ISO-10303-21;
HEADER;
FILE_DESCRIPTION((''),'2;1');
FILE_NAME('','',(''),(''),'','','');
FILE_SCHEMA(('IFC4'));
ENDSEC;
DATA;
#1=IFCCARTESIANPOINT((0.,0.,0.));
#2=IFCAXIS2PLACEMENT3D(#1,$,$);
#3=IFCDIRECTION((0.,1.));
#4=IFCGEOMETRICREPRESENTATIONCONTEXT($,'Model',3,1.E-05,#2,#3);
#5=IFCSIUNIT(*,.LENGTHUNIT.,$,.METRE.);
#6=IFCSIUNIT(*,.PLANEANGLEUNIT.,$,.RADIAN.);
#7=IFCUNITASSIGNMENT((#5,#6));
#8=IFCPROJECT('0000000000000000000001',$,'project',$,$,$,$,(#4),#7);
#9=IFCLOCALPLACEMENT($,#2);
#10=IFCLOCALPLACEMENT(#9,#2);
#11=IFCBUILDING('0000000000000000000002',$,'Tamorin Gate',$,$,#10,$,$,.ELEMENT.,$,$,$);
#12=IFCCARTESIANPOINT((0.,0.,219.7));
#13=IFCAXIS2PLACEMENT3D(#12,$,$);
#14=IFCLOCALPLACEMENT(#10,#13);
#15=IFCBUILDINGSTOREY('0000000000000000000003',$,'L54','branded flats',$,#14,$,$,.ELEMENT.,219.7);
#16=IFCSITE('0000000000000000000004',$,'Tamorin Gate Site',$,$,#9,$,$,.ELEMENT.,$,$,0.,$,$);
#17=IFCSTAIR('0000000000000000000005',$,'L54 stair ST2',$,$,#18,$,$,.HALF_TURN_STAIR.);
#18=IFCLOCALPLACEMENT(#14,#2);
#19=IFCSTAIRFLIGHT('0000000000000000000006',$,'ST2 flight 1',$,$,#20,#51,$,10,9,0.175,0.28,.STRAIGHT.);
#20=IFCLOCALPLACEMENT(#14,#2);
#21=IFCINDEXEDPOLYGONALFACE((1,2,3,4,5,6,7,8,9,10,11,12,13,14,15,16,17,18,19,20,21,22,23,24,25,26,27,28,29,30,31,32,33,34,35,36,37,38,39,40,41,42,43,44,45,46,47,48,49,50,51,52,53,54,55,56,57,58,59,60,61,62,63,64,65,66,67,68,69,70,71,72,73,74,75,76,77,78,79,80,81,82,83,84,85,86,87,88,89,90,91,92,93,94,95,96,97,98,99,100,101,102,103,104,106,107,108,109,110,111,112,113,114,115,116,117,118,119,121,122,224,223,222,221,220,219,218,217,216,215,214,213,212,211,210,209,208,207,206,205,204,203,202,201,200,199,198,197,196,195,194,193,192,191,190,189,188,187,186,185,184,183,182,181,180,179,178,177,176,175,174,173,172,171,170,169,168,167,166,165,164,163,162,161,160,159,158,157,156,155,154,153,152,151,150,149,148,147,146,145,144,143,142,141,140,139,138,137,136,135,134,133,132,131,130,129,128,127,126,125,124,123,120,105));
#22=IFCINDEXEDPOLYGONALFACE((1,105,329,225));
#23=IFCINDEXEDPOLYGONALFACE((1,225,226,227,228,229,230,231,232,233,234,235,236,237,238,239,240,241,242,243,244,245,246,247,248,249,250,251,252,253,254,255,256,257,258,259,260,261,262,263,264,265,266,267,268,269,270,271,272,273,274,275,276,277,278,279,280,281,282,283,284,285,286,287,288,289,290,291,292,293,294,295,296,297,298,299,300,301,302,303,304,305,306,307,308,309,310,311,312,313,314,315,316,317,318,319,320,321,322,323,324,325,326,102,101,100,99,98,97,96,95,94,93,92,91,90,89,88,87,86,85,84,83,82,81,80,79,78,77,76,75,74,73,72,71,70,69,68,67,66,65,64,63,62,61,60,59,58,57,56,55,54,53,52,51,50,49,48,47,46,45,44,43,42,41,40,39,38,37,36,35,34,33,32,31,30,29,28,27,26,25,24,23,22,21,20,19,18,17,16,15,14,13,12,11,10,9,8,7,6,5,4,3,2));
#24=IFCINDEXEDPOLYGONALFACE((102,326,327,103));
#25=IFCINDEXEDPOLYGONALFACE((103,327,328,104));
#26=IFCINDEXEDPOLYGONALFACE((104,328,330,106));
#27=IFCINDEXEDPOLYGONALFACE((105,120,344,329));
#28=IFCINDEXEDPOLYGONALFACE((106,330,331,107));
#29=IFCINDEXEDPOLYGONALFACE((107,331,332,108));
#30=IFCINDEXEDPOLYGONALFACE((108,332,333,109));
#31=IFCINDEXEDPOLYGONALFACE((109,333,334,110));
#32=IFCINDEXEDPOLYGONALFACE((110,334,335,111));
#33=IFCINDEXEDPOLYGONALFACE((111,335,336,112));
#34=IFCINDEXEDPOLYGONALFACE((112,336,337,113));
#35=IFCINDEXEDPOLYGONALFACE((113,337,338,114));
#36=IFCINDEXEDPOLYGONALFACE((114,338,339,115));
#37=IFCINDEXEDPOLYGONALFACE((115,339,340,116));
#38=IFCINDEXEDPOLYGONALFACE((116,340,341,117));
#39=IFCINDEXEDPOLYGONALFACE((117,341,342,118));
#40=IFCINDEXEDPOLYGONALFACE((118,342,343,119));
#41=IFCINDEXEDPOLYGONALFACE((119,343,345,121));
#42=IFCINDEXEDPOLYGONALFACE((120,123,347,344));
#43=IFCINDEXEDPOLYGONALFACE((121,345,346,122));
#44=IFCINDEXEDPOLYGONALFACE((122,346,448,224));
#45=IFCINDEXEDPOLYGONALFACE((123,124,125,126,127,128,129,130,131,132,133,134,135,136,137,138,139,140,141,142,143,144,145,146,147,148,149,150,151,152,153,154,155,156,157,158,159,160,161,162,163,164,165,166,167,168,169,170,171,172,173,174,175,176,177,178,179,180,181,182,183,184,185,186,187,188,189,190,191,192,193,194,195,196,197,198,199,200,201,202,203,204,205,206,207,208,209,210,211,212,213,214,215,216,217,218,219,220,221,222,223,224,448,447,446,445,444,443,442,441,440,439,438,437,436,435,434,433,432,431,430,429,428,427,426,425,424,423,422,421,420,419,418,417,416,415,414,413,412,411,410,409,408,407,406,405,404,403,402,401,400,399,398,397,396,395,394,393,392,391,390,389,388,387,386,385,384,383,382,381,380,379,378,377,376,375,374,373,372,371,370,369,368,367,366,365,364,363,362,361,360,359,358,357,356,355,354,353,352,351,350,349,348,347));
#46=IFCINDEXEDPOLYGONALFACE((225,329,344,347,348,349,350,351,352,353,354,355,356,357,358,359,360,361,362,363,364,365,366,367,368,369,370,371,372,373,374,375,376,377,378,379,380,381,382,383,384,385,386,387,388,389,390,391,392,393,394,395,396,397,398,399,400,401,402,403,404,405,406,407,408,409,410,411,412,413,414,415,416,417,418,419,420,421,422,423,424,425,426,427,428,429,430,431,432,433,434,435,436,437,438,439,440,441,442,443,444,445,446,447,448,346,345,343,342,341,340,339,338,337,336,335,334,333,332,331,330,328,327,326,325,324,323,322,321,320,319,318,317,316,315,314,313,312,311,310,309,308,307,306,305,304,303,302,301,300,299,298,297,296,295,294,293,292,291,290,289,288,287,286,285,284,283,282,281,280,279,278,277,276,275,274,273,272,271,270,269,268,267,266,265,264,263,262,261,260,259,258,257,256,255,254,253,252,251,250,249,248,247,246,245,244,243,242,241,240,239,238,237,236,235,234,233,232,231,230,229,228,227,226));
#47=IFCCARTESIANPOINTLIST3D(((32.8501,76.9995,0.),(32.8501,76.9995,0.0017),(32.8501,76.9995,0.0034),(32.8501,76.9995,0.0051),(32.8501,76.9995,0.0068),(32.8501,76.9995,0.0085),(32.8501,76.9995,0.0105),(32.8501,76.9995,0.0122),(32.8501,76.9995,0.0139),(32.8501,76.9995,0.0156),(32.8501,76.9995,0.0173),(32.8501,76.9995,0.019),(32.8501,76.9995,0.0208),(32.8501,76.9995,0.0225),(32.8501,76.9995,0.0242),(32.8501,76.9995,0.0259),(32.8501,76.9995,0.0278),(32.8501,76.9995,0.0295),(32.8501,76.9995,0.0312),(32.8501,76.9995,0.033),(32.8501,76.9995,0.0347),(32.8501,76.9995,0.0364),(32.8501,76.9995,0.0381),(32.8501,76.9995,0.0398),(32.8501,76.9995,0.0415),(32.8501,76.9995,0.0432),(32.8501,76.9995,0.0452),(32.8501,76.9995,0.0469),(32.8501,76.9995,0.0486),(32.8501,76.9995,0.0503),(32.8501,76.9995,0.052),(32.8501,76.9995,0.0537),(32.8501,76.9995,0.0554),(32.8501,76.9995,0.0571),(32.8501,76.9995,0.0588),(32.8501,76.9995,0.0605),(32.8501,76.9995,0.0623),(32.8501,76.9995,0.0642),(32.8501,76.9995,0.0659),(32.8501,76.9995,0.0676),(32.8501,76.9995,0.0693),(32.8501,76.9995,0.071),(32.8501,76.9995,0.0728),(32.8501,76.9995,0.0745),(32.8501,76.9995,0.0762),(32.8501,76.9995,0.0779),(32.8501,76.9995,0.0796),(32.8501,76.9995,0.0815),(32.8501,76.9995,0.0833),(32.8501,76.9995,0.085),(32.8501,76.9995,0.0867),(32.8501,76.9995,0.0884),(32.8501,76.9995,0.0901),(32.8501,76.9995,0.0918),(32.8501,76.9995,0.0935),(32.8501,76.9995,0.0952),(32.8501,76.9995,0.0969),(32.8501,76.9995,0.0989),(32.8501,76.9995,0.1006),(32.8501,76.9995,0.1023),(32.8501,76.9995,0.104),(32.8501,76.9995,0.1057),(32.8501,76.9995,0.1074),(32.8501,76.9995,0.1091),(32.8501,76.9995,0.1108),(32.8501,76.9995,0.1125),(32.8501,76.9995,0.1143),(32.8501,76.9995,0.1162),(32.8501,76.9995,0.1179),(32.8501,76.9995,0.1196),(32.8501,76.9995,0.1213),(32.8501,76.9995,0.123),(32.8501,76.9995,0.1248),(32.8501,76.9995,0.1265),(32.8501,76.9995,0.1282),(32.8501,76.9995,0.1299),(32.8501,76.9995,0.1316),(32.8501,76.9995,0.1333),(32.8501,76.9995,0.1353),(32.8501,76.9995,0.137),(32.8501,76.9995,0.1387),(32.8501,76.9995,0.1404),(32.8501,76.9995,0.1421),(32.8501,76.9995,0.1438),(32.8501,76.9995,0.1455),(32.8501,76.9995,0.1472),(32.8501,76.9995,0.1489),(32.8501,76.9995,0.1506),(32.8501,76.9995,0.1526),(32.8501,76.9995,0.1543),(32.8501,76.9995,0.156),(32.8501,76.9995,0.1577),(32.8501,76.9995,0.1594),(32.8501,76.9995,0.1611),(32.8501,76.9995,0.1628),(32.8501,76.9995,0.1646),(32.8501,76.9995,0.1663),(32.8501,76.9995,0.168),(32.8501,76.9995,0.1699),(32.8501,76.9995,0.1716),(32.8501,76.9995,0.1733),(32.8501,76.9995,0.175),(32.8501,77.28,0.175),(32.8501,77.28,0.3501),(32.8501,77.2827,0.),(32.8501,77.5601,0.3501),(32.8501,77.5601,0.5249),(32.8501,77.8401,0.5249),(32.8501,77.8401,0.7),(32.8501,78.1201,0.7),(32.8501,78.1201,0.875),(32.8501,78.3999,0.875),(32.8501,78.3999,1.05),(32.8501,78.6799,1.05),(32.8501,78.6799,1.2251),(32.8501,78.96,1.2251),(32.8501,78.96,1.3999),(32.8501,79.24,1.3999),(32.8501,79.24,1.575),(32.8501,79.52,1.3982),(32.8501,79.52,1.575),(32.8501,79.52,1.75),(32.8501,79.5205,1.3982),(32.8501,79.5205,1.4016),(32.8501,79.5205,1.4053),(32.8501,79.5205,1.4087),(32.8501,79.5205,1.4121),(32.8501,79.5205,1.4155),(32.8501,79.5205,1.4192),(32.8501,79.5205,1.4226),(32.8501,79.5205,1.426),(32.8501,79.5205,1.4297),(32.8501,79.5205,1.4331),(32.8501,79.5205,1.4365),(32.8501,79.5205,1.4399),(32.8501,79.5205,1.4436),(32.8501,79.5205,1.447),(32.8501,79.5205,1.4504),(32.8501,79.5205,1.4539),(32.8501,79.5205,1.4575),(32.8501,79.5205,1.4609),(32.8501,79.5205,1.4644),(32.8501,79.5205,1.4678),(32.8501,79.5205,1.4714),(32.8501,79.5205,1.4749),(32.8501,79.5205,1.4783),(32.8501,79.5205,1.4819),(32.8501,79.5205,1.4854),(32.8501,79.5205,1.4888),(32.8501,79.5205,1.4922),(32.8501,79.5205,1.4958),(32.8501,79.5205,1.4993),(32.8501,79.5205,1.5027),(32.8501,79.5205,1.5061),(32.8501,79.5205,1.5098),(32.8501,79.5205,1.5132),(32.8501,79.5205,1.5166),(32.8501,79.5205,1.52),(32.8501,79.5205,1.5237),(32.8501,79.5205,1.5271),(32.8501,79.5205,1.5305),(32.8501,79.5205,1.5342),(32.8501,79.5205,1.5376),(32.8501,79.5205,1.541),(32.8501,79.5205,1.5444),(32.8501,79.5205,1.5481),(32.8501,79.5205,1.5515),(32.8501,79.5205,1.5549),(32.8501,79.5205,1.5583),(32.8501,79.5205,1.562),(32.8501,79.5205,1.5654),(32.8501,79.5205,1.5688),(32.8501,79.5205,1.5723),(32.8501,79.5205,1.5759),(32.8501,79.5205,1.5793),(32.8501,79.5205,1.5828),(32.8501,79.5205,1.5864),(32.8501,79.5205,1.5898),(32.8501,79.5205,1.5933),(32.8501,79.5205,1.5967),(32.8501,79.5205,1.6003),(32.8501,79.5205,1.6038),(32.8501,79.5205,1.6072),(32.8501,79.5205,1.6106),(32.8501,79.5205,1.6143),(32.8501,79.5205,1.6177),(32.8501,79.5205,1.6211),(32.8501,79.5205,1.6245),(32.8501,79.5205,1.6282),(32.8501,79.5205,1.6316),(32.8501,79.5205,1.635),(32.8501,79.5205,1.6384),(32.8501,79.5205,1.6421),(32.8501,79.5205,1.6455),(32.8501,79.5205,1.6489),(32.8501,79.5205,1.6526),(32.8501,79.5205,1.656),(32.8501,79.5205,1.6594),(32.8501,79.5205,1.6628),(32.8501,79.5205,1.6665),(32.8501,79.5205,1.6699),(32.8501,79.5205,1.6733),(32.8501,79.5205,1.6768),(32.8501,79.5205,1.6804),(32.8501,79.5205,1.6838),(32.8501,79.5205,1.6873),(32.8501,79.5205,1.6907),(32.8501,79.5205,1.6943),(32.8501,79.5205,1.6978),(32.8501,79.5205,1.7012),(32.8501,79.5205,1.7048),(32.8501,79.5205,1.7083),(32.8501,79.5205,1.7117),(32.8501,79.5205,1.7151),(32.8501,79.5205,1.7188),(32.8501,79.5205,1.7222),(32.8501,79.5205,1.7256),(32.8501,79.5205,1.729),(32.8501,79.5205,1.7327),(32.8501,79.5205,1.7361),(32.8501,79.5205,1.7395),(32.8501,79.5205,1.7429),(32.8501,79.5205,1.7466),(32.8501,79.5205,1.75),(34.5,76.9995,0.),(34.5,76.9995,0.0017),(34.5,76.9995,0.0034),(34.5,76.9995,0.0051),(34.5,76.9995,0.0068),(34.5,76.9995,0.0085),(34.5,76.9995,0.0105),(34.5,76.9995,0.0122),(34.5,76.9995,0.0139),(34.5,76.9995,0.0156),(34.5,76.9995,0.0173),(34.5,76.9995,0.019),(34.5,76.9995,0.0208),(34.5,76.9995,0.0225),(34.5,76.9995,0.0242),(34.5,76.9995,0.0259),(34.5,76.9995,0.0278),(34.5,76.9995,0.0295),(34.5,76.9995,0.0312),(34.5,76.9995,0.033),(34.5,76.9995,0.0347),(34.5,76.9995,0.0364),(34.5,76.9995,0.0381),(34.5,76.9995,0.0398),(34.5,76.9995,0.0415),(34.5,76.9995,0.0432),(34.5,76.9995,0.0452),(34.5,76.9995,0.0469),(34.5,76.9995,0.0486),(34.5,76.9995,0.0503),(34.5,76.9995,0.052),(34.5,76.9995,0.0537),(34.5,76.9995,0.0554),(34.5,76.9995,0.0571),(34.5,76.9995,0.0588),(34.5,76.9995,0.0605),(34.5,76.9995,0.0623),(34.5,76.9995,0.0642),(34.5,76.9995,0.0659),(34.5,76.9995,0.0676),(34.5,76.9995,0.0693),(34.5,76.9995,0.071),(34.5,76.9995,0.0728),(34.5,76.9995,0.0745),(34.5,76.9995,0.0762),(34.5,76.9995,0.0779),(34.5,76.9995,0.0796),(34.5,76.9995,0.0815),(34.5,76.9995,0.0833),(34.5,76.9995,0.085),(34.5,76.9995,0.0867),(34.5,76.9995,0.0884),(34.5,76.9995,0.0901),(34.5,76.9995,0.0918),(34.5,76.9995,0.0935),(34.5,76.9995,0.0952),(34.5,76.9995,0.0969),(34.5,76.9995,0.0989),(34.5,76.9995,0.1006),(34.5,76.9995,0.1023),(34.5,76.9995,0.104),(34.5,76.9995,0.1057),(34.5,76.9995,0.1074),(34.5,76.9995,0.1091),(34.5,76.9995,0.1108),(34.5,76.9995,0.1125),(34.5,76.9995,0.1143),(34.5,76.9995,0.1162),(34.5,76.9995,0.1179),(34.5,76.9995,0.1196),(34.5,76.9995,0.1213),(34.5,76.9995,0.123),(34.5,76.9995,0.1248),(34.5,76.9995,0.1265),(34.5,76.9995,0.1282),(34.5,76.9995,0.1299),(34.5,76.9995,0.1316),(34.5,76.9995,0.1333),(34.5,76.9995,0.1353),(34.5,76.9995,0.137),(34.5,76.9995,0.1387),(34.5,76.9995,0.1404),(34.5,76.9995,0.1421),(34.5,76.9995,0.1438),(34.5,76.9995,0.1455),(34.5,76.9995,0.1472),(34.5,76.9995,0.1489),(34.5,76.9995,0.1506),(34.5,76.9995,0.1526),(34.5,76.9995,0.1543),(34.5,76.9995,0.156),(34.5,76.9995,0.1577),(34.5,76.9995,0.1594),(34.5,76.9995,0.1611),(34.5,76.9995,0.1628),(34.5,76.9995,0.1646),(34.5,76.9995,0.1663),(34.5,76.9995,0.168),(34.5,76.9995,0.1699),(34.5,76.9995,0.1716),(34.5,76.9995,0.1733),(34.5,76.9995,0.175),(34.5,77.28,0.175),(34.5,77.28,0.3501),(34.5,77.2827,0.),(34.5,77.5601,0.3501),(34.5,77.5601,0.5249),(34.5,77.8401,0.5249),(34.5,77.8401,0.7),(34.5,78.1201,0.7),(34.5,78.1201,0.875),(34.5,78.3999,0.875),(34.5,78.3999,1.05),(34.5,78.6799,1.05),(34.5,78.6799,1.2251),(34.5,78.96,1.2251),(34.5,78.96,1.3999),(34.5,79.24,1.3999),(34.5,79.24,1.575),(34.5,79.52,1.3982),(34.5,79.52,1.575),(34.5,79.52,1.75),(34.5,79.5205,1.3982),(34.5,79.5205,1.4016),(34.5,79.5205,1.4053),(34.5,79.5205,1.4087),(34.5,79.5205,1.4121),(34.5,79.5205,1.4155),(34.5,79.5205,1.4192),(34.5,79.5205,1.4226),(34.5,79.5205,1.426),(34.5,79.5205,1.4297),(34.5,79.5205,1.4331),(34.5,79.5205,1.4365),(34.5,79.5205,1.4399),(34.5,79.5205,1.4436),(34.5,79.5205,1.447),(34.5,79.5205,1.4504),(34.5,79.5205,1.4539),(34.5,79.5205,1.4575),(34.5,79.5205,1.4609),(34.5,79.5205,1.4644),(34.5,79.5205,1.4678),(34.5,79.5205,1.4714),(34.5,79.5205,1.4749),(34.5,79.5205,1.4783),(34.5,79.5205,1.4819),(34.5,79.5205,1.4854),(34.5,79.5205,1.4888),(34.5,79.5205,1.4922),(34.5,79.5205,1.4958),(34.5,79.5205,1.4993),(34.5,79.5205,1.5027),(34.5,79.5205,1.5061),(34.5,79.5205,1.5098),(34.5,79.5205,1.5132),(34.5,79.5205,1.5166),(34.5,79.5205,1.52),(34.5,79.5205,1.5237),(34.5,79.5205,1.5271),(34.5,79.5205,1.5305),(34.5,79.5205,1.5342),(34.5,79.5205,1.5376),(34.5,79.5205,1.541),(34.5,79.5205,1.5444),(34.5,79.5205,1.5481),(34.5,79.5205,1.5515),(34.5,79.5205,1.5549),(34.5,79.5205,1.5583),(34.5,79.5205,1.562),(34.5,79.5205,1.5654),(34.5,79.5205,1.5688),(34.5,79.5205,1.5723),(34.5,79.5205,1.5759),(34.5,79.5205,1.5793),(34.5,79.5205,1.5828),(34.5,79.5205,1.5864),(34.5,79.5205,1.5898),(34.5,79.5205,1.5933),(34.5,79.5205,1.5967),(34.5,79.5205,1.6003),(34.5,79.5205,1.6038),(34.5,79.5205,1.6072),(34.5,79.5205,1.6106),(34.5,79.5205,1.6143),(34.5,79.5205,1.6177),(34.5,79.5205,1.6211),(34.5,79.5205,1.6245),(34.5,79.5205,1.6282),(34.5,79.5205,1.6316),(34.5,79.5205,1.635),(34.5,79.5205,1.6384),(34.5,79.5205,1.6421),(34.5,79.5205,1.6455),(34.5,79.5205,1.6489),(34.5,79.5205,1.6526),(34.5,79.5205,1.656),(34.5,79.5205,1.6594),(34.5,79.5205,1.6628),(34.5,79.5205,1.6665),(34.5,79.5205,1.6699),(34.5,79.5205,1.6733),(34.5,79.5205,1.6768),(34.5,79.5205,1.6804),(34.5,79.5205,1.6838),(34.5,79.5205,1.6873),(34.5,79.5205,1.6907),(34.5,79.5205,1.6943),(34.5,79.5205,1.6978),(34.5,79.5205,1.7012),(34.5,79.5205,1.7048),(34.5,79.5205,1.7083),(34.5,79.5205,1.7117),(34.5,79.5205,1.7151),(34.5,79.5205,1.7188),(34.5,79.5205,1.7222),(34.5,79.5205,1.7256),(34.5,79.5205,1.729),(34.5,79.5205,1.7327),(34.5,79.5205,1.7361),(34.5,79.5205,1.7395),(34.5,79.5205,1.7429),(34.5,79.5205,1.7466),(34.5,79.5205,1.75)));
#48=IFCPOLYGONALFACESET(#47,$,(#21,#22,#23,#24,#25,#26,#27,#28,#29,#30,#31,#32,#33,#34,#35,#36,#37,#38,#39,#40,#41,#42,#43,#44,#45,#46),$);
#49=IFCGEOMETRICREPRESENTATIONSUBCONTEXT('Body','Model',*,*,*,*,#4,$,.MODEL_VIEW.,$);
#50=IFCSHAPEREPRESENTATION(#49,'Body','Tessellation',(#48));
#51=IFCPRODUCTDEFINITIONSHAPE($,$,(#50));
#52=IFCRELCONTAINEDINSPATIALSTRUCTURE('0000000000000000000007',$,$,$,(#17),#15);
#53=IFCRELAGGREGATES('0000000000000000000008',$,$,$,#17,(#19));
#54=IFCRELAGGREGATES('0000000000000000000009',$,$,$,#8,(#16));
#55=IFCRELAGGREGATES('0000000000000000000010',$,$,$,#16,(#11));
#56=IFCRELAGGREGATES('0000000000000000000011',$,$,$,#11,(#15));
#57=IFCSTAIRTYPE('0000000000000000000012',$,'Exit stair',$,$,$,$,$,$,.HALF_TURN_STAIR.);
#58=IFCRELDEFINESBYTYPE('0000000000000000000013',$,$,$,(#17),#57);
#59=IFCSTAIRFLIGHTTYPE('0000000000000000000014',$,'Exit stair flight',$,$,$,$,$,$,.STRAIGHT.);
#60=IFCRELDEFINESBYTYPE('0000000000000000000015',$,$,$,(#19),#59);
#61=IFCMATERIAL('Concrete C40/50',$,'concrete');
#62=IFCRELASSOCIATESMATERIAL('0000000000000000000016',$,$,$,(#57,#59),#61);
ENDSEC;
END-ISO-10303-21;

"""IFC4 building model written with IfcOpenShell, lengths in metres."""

from ifc_helpers import new_model, si_unit, direction, frame, origin, place, context, subcontext, project, spatial, polyline, outline, extrude, material, type_object, element, aggregate, save


model = new_model("IFC4")

# Units and contexts
model_context = context("Model", 3, precision=1e-05, world=origin(), true_north=direction((0.0, 1.0)))
body_context = subcontext(model_context, "Body", "Model", "MODEL_VIEW")
ifc_project = project(units=[si_unit("LENGTHUNIT", "METRE"), si_unit("PLANEANGLEUNIT", "RADIAN")], contexts=[model_context])

# Site, building, storey
site_placement = place(None, origin())
site = spatial("IfcSite", under=ifc_project, at=site_placement, Name="Tamorin Gate Site", CompositionType="ELEMENT", RefElevation=0.0)
building_placement = place(site_placement, origin())
building = spatial("IfcBuilding", under=site, at=building_placement, Name="Tamorin Gate", CompositionType="ELEMENT")
storey_placement = place(building_placement, frame((0.0, 0.0, 219.7)))
storey = spatial("IfcBuildingStorey", under=building, at=storey_placement, Name="L54", Description="branded flats", CompositionType="ELEMENT", Elevation=219.7)

# Shared definitions
ifc_material_1 = material(Name="Concrete C40/50", Category="concrete")

# Shared definitions
stair_type = type_object("IfcStairType", Name="Exit stair", PredefinedType="HALF_TURN_STAIR", material=ifc_material_1)
stair_flight_type = type_object("IfcStairFlightType", Name="Exit stair flight", PredefinedType="STRAIGHT", material=ifc_material_1)

# Stair, stair flight
stair_1_placement = place(storey_placement, origin())
stair_1 = element("IfcStair", 1, at=stair_1_placement, inside=storey, type_object=stair_type, Name="L54 stair ST2", PredefinedType="HALF_TURN_STAIR")
stair_flight_1_placement = place(storey_placement, frame((33.675, 77.0, 0.0), z_axis=(0.0, 0.0, 1.0), x_axis=(0.0, 1.0, 0.0)))
stair_flight_1 = element("IfcStairFlight", 2, at=stair_flight_1_placement, type_object=stair_flight_type, Name="ST2 flight 1", NumberOfRisers=10, NumberOfTreads=9, PredefinedType="STRAIGHT", RiserHeight=0.175, TreadLength=0.28, context=body_context, shape_type="SweptSolid", body=[
    extrude(outline(polyline([(-0.0005, 0.0), (-0.0005, 0.0017), (-0.0005, 0.0034), (-0.0005, 0.0051), (-0.0005, 0.0068), (-0.0005, 0.0085), (-0.0005, 0.0105), (-0.0005, 0.0122), (-0.0005, 0.0139), (-0.0005, 0.0156), (-0.0005, 0.0173), (-0.0005, 0.019), (-0.0005, 0.0208), (-0.0005, 0.0225), (-0.0005, 0.0242), (-0.0005, 0.0259), (-0.0005, 0.0278), (-0.0005, 0.0295), (-0.0005, 0.0312), (-0.0005, 0.033), (-0.0005, 0.0347), (-0.0005, 0.0364), (-0.0005, 0.0381), (-0.0005, 0.0398), (-0.0005, 0.0415), (-0.0005, 0.0432), (-0.0005, 0.0452), (-0.0005, 0.0469), (-0.0005, 0.0486), (-0.0005, 0.0503), (-0.0005, 0.052), (-0.0005, 0.0537), (-0.0005, 0.0554), (-0.0005, 0.0571), (-0.0005, 0.0588), (-0.0005, 0.0605), (-0.0005, 0.0623), (-0.0005, 0.0642), (-0.0005, 0.0659), (-0.0005, 0.0676), (-0.0005, 0.0693), (-0.0005, 0.071), (-0.0005, 0.0728), (-0.0005, 0.0745), (-0.0005, 0.0762), (-0.0005, 0.0779), (-0.0005, 0.0796), (-0.0005, 0.0815), (-0.0005, 0.0833), (-0.0005, 0.085), (-0.0005, 0.0867), (-0.0005, 0.0884), (-0.0005, 0.0901), (-0.0005, 0.0918), (-0.0005, 0.0935), (-0.0005, 0.0952), (-0.0005, 0.0969), (-0.0005, 0.0989), (-0.0005, 0.1006), (-0.0005, 0.1023), (-0.0005, 0.104), (-0.0005, 0.1057), (-0.0005, 0.1074), (-0.0005, 0.1091), (-0.0005, 0.1108), (-0.0005, 0.1125), (-0.0005, 0.1143), (-0.0005, 0.1162), (-0.0005, 0.1179), (-0.0005, 0.1196), (-0.0005, 0.1213), (-0.0005, 0.123), (-0.0005, 0.1248), (-0.0005, 0.1265), (-0.0005, 0.1282), (-0.0005, 0.1299), (-0.0005, 0.1316), (-0.0005, 0.1333), (-0.0005, 0.1353), (-0.0005, 0.137), (-0.0005, 0.1387), (-0.0005, 0.1404), (-0.0005, 0.1421), (-0.0005, 0.1438), (-0.0005, 0.1455), (-0.0005, 0.1472), (-0.0005, 0.1489), (-0.0005, 0.1506), (-0.0005, 0.1526), (-0.0005, 0.1543), (-0.0005, 0.156), (-0.0005, 0.1577), (-0.0005, 0.1594), (-0.0005, 0.1611), (-0.0005, 0.1628), (-0.0005, 0.1646), (-0.0005, 0.1663), (-0.0005, 0.168), (-0.0005, 0.1699), (-0.0005, 0.1716), (-0.0005, 0.1733), (-0.0005, 0.175), (0.28, 0.175), (0.28, 0.3501), (0.5601, 0.3501), (0.5601, 0.5249), (0.8401, 0.5249), (0.8401, 0.7), (1.1201, 0.7), (1.1201, 0.875), (1.3999, 0.875), (1.3999, 1.05), (1.6799, 1.05), (1.6799, 1.2251), (1.96, 1.2251), (1.96, 1.3999), (2.24, 1.3999), (2.24, 1.575), (2.52, 1.575), (2.52, 1.75), (2.5205, 1.75), (2.5205, 1.7466), (2.5205, 1.7429), (2.5205, 1.7395), (2.5205, 1.7361), (2.5205, 1.7327), (2.5205, 1.729), (2.5205, 1.7256), (2.5205, 1.7222), (2.5205, 1.7188), (2.5205, 1.7151), (2.5205, 1.7117), (2.5205, 1.7083), (2.5205, 1.7048), (2.5205, 1.7012), (2.5205, 1.6978), (2.5205, 1.6943), (2.5205, 1.6907), (2.5205, 1.6873), (2.5205, 1.6838), (2.5205, 1.6804), (2.5205, 1.6768), (2.5205, 1.6733), (2.5205, 1.6699), (2.5205, 1.6665), (2.5205, 1.6628), (2.5205, 1.6594), (2.5205, 1.656), (2.5205, 1.6526), (2.5205, 1.6489), (2.5205, 1.6455), (2.5205, 1.6421), (2.5205, 1.6384), (2.5205, 1.635), (2.5205, 1.6316), (2.5205, 1.6282), (2.5205, 1.6245), (2.5205, 1.6211), (2.5205, 1.6177), (2.5205, 1.6143), (2.5205, 1.6106), (2.5205, 1.6072), (2.5205, 1.6038), (2.5205, 1.6003), (2.5205, 1.5967), (2.5205, 1.5933), (2.5205, 1.5898), (2.5205, 1.5864), (2.5205, 1.5828), (2.5205, 1.5793), (2.5205, 1.5759), (2.5205, 1.5723), (2.5205, 1.5688), (2.5205, 1.5654), (2.5205, 1.562), (2.5205, 1.5583), (2.5205, 1.5549), (2.5205, 1.5515), (2.5205, 1.5481), (2.5205, 1.5444), (2.5205, 1.541), (2.5205, 1.5376), (2.5205, 1.5342), (2.5205, 1.5305), (2.5205, 1.5271), (2.5205, 1.5237), (2.5205, 1.52), (2.5205, 1.5166), (2.5205, 1.5132), (2.5205, 1.5098), (2.5205, 1.5061), (2.5205, 1.5027), (2.5205, 1.4993), (2.5205, 1.4958), (2.5205, 1.4922), (2.5205, 1.4888), (2.5205, 1.4854), (2.5205, 1.4819), (2.5205, 1.4783), (2.5205, 1.4749), (2.5205, 1.4714), (2.5205, 1.4678), (2.5205, 1.4644), (2.5205, 1.4609), (2.5205, 1.4575), (2.5205, 1.4539), (2.5205, 1.4504), (2.5205, 1.447), (2.5205, 1.4436), (2.5205, 1.4399), (2.5205, 1.4365), (2.5205, 1.4331), (2.5205, 1.4297), (2.5205, 1.426), (2.5205, 1.4226), (2.5205, 1.4192), (2.5205, 1.4155), (2.5205, 1.4121), (2.5205, 1.4087), (2.5205, 1.4053), (2.5205, 1.4016), (2.5205, 1.3982), (2.52, 1.3982), (0.2827, 0.0), (-0.0005, 0.0)])), frame((0.0, 0.825, 0.0), z_axis=(0.0, -1.0, 0.0), x_axis=(1.0, 0.0, 0.0)), (0.0, 0.0, 1.0), 1.6499),
])
aggregate(stair_1, [stair_flight_1])

save(model, "model.ifc")
